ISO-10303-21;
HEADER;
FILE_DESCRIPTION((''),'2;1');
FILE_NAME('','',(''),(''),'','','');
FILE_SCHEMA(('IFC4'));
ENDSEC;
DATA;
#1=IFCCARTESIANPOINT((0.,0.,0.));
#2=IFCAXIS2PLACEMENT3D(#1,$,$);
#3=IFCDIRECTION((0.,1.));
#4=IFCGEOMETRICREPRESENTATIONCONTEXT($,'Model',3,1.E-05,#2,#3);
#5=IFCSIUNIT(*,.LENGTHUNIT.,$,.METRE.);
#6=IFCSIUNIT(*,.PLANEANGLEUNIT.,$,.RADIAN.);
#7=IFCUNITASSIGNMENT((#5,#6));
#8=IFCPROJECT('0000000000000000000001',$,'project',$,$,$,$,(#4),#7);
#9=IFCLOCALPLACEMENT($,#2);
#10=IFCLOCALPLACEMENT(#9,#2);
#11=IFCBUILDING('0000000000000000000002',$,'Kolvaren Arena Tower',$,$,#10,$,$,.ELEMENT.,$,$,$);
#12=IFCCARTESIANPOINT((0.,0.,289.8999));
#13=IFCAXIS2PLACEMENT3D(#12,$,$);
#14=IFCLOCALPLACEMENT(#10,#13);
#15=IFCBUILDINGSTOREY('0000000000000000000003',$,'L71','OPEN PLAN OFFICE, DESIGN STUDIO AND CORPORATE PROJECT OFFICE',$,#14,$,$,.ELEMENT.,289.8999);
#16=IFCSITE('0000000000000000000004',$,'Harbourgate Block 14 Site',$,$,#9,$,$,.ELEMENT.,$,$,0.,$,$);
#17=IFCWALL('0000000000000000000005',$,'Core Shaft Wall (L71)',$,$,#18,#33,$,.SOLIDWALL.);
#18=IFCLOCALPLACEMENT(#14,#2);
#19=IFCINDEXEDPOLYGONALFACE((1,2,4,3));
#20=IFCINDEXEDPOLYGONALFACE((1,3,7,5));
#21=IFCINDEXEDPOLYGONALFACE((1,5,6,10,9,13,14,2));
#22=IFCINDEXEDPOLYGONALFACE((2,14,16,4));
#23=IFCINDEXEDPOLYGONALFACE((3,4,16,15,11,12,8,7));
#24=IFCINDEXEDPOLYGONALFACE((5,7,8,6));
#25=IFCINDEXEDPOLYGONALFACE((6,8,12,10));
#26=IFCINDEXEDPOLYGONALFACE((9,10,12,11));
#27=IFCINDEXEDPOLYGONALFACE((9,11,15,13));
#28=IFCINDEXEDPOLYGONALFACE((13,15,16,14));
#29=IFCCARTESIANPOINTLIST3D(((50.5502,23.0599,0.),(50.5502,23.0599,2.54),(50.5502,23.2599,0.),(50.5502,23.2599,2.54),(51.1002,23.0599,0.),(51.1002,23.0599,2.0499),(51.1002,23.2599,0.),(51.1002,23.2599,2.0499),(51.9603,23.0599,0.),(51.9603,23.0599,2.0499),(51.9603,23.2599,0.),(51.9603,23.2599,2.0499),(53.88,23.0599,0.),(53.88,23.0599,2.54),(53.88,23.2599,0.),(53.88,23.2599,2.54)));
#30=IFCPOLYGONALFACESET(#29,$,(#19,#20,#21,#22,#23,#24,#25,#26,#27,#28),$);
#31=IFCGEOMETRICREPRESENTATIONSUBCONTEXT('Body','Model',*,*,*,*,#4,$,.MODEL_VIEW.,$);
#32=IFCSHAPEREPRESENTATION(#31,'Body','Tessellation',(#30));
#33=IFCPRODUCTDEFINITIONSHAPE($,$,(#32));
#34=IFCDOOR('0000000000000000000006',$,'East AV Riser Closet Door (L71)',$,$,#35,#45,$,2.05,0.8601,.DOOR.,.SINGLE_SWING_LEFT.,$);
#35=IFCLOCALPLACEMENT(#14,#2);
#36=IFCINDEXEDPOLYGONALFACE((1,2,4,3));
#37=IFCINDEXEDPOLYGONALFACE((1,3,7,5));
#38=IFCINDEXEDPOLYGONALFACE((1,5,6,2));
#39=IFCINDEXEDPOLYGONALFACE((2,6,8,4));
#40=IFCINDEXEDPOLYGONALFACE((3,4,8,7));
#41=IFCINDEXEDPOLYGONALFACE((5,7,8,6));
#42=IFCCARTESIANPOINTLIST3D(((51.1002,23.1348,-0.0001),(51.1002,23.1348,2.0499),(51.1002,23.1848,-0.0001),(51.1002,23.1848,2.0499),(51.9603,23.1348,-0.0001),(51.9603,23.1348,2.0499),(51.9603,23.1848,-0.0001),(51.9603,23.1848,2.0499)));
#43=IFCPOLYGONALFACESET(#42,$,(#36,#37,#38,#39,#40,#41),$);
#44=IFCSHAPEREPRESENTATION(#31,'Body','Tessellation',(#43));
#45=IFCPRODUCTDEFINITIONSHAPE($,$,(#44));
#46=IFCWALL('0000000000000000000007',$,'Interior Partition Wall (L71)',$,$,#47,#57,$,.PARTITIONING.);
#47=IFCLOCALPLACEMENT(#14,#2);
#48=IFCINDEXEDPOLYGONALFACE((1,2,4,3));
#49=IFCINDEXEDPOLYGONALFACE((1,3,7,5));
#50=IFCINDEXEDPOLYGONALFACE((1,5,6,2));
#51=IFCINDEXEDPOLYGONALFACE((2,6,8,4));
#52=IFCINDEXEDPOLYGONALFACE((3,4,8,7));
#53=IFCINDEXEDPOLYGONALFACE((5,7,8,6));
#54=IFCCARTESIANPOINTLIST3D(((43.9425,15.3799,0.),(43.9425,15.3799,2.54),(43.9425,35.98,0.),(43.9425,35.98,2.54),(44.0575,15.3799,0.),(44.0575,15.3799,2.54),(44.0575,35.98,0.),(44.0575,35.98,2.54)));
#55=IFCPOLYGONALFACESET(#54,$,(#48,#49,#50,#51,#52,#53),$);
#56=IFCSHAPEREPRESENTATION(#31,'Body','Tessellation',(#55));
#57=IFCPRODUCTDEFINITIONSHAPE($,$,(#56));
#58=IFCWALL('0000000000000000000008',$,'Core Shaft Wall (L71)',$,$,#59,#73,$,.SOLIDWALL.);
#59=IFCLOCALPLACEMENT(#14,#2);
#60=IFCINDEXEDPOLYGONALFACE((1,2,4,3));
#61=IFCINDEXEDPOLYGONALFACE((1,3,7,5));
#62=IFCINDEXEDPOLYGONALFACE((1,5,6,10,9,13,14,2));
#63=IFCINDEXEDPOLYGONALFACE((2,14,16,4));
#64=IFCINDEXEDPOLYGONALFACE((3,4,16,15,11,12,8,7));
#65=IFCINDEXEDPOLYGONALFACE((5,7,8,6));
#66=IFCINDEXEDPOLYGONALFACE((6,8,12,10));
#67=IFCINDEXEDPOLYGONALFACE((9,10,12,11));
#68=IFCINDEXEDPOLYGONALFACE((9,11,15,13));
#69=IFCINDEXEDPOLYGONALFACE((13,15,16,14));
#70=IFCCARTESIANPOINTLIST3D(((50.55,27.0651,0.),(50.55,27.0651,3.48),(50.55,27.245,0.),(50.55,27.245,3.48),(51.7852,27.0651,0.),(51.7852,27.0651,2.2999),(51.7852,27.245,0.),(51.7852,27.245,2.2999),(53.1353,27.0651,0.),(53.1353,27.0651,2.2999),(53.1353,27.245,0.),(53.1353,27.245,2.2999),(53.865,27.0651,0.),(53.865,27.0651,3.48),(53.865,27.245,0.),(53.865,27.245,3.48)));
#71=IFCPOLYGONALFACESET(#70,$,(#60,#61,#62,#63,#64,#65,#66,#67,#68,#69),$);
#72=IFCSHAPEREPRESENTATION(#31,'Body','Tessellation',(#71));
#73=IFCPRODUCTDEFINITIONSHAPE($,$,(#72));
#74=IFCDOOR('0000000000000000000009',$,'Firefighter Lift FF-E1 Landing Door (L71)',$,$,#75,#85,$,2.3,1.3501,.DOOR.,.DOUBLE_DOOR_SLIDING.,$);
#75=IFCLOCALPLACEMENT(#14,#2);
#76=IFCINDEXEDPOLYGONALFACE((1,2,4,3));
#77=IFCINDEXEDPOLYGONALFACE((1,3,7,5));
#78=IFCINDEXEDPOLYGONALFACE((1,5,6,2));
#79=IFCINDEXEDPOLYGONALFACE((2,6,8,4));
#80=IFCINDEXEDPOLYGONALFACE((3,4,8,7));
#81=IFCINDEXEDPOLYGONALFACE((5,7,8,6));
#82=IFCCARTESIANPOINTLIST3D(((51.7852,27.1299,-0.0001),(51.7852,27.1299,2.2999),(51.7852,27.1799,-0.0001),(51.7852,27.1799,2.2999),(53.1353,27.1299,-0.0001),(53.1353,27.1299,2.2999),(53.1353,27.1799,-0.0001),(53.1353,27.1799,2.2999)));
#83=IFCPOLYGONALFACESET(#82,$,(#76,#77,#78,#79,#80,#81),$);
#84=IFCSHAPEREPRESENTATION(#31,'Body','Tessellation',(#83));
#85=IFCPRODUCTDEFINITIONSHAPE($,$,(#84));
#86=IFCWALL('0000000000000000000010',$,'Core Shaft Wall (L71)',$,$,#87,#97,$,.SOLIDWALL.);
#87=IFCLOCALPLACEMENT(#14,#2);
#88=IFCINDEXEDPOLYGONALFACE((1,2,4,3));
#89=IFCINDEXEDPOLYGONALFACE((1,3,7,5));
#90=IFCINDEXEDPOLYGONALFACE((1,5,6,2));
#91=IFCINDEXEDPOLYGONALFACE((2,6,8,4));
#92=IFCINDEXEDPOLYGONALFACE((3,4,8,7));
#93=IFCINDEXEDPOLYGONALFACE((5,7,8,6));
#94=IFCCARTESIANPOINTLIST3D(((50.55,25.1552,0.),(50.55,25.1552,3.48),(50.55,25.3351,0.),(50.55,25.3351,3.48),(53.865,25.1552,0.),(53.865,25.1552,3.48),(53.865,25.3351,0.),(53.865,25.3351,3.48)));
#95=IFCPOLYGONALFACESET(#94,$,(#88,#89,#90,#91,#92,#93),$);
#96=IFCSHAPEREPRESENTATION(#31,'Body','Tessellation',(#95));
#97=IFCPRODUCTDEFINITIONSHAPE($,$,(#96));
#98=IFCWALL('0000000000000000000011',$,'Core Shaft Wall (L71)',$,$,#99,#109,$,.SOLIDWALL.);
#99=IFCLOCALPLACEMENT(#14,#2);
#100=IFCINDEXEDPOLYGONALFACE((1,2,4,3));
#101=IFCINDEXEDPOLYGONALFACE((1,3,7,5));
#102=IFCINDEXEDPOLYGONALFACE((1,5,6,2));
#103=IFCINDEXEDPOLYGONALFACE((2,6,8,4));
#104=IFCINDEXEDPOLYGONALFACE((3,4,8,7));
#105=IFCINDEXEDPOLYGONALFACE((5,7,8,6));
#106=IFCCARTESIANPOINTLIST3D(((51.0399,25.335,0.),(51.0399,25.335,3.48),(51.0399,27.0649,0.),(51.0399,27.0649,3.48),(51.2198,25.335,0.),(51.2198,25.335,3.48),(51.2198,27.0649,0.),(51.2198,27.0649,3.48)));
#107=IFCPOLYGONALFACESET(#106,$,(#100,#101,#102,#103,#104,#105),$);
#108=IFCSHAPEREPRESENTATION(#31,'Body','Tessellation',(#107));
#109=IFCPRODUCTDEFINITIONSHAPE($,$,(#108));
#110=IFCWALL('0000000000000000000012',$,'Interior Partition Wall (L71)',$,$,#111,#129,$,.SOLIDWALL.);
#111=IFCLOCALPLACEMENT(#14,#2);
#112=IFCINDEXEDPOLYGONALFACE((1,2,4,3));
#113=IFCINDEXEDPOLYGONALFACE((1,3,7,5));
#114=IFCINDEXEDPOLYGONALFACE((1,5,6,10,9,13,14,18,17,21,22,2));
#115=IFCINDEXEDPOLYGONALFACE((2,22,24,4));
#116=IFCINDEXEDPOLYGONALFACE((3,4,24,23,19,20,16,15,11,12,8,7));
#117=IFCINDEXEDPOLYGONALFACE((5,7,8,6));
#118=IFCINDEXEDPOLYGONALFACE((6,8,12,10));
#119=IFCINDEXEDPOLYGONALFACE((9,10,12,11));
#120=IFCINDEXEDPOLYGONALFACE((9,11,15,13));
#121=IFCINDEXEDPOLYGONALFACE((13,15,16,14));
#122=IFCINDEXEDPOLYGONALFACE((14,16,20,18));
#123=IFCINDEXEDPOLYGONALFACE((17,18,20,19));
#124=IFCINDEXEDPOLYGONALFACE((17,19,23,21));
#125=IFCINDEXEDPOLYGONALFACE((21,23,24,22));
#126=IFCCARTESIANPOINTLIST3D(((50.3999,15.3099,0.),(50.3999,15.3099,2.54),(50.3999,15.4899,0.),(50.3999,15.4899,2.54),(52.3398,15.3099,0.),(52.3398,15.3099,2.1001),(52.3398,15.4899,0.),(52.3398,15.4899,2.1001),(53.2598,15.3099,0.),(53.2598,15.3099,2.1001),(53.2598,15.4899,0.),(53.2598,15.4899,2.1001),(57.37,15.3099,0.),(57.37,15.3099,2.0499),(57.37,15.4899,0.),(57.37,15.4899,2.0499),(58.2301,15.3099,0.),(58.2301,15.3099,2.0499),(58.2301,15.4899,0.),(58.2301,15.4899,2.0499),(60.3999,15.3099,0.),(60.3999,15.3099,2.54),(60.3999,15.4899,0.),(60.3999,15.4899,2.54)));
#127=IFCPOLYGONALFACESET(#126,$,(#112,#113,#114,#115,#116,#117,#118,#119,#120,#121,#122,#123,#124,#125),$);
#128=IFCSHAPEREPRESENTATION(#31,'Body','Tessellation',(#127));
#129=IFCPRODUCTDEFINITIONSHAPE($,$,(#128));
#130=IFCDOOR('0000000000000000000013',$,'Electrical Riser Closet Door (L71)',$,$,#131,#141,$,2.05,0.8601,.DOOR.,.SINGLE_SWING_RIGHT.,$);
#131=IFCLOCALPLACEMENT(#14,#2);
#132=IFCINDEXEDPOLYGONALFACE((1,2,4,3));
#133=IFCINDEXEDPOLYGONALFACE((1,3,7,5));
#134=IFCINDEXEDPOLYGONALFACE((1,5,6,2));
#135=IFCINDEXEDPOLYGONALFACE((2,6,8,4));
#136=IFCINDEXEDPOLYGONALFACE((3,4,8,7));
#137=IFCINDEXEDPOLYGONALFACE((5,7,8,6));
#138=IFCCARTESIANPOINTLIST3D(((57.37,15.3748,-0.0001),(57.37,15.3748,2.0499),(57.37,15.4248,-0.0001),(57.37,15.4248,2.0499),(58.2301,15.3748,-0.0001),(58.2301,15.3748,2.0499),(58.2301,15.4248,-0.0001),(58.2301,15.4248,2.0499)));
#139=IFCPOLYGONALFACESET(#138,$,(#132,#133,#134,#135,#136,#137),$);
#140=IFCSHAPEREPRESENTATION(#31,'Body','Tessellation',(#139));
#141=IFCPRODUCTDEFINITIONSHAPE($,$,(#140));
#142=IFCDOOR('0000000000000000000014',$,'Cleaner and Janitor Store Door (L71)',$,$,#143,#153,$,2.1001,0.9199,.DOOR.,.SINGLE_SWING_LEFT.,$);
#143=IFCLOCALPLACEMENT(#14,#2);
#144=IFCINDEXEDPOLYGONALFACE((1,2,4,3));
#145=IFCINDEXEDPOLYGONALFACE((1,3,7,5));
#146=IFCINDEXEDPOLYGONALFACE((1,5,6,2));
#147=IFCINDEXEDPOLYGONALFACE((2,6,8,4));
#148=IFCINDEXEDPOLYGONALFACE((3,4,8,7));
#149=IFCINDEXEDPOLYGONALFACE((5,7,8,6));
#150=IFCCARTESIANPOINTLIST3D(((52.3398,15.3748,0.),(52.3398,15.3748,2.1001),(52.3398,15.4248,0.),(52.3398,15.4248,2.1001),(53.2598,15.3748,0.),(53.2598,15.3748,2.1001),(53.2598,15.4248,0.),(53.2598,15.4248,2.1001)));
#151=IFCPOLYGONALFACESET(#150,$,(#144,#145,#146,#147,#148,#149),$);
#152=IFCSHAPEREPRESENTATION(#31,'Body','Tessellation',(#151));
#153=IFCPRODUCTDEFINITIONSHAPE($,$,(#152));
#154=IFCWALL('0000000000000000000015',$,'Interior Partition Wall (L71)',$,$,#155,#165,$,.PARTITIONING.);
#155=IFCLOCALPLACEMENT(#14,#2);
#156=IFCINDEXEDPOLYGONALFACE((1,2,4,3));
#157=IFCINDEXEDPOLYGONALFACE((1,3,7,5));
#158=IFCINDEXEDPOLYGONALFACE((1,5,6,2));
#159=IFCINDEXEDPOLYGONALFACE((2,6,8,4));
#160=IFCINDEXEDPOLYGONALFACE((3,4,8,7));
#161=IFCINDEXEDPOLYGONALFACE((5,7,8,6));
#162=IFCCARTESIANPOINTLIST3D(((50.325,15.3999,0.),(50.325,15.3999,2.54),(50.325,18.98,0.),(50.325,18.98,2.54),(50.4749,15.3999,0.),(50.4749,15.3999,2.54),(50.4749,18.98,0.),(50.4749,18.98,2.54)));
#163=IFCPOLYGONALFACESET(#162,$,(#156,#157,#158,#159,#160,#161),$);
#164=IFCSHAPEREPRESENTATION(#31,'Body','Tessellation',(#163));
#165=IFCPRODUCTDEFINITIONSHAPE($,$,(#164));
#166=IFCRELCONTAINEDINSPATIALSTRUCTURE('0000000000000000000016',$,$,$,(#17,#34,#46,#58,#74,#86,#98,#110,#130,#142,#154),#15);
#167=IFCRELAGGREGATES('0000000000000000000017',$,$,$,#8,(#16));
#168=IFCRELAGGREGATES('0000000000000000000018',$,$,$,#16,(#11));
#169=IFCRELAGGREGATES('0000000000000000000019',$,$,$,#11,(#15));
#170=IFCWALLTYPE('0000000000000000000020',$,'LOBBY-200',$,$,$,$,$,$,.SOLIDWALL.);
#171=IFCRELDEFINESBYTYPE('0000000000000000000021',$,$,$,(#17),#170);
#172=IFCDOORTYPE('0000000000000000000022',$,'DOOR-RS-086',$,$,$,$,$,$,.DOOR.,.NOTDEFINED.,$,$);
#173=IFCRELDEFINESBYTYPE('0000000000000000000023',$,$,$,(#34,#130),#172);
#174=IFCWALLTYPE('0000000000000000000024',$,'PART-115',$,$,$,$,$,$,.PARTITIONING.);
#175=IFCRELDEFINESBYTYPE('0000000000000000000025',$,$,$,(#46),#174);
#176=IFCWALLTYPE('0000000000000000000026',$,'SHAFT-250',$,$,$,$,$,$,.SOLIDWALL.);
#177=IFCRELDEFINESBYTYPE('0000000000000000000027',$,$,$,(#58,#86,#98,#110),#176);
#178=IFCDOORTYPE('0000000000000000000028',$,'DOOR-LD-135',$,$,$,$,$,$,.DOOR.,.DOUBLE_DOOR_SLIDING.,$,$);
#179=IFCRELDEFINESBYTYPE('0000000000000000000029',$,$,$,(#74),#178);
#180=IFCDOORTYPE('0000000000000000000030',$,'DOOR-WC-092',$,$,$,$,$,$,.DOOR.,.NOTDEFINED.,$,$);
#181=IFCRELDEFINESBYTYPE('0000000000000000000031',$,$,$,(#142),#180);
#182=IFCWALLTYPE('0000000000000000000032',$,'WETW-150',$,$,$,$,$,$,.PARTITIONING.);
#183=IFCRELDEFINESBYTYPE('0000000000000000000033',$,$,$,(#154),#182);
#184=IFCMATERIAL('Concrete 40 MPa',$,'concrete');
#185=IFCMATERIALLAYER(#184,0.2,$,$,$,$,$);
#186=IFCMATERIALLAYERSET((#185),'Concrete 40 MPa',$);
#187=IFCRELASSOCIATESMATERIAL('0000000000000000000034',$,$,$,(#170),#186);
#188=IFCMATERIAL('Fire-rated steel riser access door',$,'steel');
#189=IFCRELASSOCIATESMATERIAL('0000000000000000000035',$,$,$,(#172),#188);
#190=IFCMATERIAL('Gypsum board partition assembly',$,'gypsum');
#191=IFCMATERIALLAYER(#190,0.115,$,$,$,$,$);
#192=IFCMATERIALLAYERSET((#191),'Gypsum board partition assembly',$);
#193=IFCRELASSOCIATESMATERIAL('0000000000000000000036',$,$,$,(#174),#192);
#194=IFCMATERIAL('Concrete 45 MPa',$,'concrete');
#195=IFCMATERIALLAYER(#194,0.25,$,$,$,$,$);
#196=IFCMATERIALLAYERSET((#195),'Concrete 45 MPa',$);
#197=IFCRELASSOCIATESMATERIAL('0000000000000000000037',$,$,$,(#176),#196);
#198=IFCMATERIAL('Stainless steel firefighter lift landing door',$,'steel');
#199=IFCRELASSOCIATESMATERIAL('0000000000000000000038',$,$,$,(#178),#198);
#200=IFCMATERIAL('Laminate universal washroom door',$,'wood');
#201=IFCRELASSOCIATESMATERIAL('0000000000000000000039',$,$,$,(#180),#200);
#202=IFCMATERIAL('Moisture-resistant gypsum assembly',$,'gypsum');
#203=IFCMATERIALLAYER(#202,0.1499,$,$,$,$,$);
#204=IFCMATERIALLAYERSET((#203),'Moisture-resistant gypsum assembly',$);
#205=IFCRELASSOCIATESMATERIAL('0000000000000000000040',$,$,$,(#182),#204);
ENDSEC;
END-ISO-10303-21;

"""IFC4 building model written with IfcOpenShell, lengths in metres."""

from ifc_helpers import new_model, si_unit, direction, frame, frame_2d, origin, place, context, subcontext, project, spatial, rectangle, extrude, material, layer, layer_set, type_object, element, fill, save


model = new_model("IFC4")

# Units and contexts
model_context = context("Model", 3, precision=1e-05, world=origin(), true_north=direction((0.0, 1.0)))
body_context = subcontext(model_context, "Body", "Model", "MODEL_VIEW")
ifc_project = project(units=[si_unit("LENGTHUNIT", "METRE"), si_unit("PLANEANGLEUNIT", "RADIAN")], contexts=[model_context])

# Site, building, storey
site_placement = place(None, origin())
site = spatial("IfcSite", under=ifc_project, at=site_placement, Name="Harbourgate Block 14 Site", CompositionType="ELEMENT", RefElevation=0.0)
building_placement = place(site_placement, origin())
building = spatial("IfcBuilding", under=site, at=building_placement, Name="Kolvaren Arena Tower", CompositionType="ELEMENT")
storey_placement = place(building_placement, frame((0.0, 0.0, 289.8999)))
storey = spatial("IfcBuildingStorey", under=building, at=storey_placement, Name="L71", Description="OPEN PLAN OFFICE, DESIGN STUDIO AND CORPORATE PROJECT OFFICE", CompositionType="ELEMENT", Elevation=289.8999)

# Shared definitions
ifc_material_1 = material(Name="Concrete 40 MPa", Category="concrete")
ifc_layer_1 = layer(ifc_material_1, 0.2)
ifc_layer_set_1 = layer_set([ifc_layer_1], Name="Concrete 40 MPa")
wall_type_1 = type_object("IfcWallType", Name="LOBBY-200", PredefinedType="SOLIDWALL", material=ifc_layer_set_1)

# Wall, opening, door
wall_1_placement = place(storey_placement, frame((50.55, 23.1599, 0.0), z_axis=(0.0, 0.0, 1.0), x_axis=(1.0, 0.0, 0.0)))
wall_1 = element("IfcWall", 1, at=wall_1_placement, inside=storey, type_object=wall_type_1, Name="Core Shaft Wall (L71)", PredefinedType="SOLIDWALL", context=body_context, shape_type="SweptSolid", body=[
    extrude(rectangle(XDim=3.3298, YDim=0.2, at=frame_2d((1.665, 0.0))), origin(), (0.0, 0.0, 1.0), 2.54),
])
opening_1_placement = place(wall_1_placement, frame((0.55, 0.0, 0.0)))
opening_1 = element("IfcOpeningElement", 2, at=opening_1_placement, cuts=wall_1, PredefinedType="OPENING", context=body_context, shape_type="SweptSolid", body=[
    extrude(rectangle(XDim=0.8601, YDim=2.05, at=frame_2d((0.4302, 1.0249))), frame((0.0, 0.1099, 0.0), z_axis=(0.0, -1.0, 0.0), x_axis=(1.0, 0.0, 0.0)), (0.0, 0.0, 1.0), 0.22),
])
ifc_material_2 = material(Name="Fire-rated steel riser access door", Category="steel")
door_type_1 = type_object("IfcDoorType", Name="DOOR-RS-086", OperationType="NOTDEFINED", PredefinedType="DOOR", material=ifc_material_2)
door_1_placement = place(opening_1_placement, origin())
door_1 = element("IfcDoor", 3, at=door_1_placement, inside=storey, type_object=door_type_1, Name="East AV Riser Closet Door (L71)", OperationType="SINGLE_SWING_LEFT", OverallHeight=2.05, OverallWidth=0.8601, PredefinedType="DOOR", context=body_context, shape_type="SweptSolid", body=[
    extrude(rectangle(XDim=0.8601, YDim=2.05, at=frame_2d((0.4302, 1.0249))), frame((0.0, 0.0249, 0.0), z_axis=(0.0, -1.0, 0.0), x_axis=(1.0, 0.0, 0.0)), (0.0, 0.0, 1.0), 0.05),
])
fill(opening_1, door_1)

# Wall
ifc_material_3 = material(Name="Gypsum board partition assembly", Category="gypsum")
ifc_layer_2 = layer(ifc_material_3, 0.115)
ifc_layer_set_2 = layer_set([ifc_layer_2], Name="Gypsum board partition assembly")
wall_type_2 = type_object("IfcWallType", Name="PART-115", PredefinedType="PARTITIONING", material=ifc_layer_set_2)
wall_2_placement = place(storey_placement, frame((44.0, 15.3799, 0.0), z_axis=(0.0, 0.0, 1.0), x_axis=(0.0, 1.0, 0.0)))
element("IfcWall", 4, at=wall_2_placement, inside=storey, type_object=wall_type_2, Name="Interior Partition Wall (L71)", PredefinedType="PARTITIONING", context=body_context, shape_type="SweptSolid", body=[
    extrude(rectangle(XDim=20.6001, YDim=0.115, at=frame_2d((10.3, 0.0))), origin(), (0.0, 0.0, 1.0), 2.54),
])

# Wall, opening, door
ifc_material_4 = material(Name="Concrete 45 MPa", Category="concrete")
ifc_layer_3 = layer(ifc_material_4, 0.25)
ifc_layer_set_3 = layer_set([ifc_layer_3], Name="Concrete 45 MPa")
wall_type_3 = type_object("IfcWallType", Name="SHAFT-250", PredefinedType="SOLIDWALL", material=ifc_layer_set_3)
wall_3_placement = place(storey_placement, frame((50.55, 27.155, 0.0), z_axis=(0.0, 0.0, 1.0), x_axis=(1.0, 0.0, 0.0)))
wall_3 = element("IfcWall", 5, at=wall_3_placement, inside=storey, type_object=wall_type_3, Name="Core Shaft Wall (L71)", PredefinedType="SOLIDWALL", context=body_context, shape_type="SweptSolid", body=[
    extrude(rectangle(XDim=3.3149, YDim=0.1799, at=frame_2d((1.6575, 0.0))), origin(), (0.0, 0.0, 1.0), 3.48),
])
opening_2_placement = place(wall_3_placement, frame((1.2351, 0.0, 0.0)))
opening_2 = element("IfcOpeningElement", 6, at=opening_2_placement, cuts=wall_3, PredefinedType="OPENING", context=body_context, shape_type="SweptSolid", body=[
    extrude(rectangle(XDim=1.3501, YDim=2.3, at=frame_2d((0.675, 1.1499))), frame((0.0, 0.0999, 0.0), z_axis=(0.0, -1.0, 0.0), x_axis=(1.0, 0.0, 0.0)), (0.0, 0.0, 1.0), 0.2),
])
ifc_material_5 = material(Name="Stainless steel firefighter lift landing door", Category="steel")
door_type_2 = type_object("IfcDoorType", Name="DOOR-LD-135", OperationType="DOUBLE_DOOR_SLIDING", PredefinedType="DOOR", material=ifc_material_5)
door_2_placement = place(opening_2_placement, origin())
door_2 = element("IfcDoor", 7, at=door_2_placement, inside=storey, type_object=door_type_2, Name="Firefighter Lift FF-E1 Landing Door (L71)", OperationType="DOUBLE_DOOR_SLIDING", OverallHeight=2.3, OverallWidth=1.3501, PredefinedType="DOOR", context=body_context, shape_type="SweptSolid", body=[
    extrude(rectangle(XDim=1.3501, YDim=2.3, at=frame_2d((0.675, 1.1499))), frame((0.0, 0.0249, 0.0), z_axis=(0.0, -1.0, 0.0), x_axis=(1.0, 0.0, 0.0)), (0.0, 0.0, 1.0), 0.05),
])
fill(opening_2, door_2)

# Walls
wall_4_placement = place(storey_placement, frame((50.55, 25.2451, 0.0), z_axis=(0.0, 0.0, 1.0), x_axis=(1.0, 0.0, 0.0)))
element("IfcWall", 8, at=wall_4_placement, inside=storey, type_object=wall_type_3, Name="Core Shaft Wall (L71)", PredefinedType="SOLIDWALL", context=body_context, shape_type="SweptSolid", body=[
    extrude(rectangle(XDim=3.3149, YDim=0.1799, at=frame_2d((1.6575, 0.0))), origin(), (0.0, 0.0, 1.0), 3.48),
])
wall_5_placement = place(storey_placement, frame((51.1299, 25.335, 0.0), z_axis=(0.0, 0.0, 1.0), x_axis=(0.0, 1.0, 0.0)))
element("IfcWall", 9, at=wall_5_placement, inside=storey, type_object=wall_type_3, Name="Core Shaft Wall (L71)", PredefinedType="SOLIDWALL", context=body_context, shape_type="SweptSolid", body=[
    extrude(rectangle(XDim=1.73, YDim=0.1799, at=frame_2d((0.865, 0.0))), origin(), (0.0, 0.0, 1.0), 3.48),
])

# Wall, openings, doors
wall_6_placement = place(storey_placement, frame((50.3999, 15.3999, 0.0), z_axis=(0.0, 0.0, 1.0), x_axis=(1.0, 0.0, 0.0)))
wall_6 = element("IfcWall", 10, at=wall_6_placement, inside=storey, type_object=wall_type_3, Name="Interior Partition Wall (L71)", PredefinedType="SOLIDWALL", context=body_context, shape_type="SweptSolid", body=[
    extrude(rectangle(XDim=10.0, YDim=0.1799, at=frame_2d((5.0, 0.0))), origin(), (0.0, 0.0, 1.0), 2.54),
])
opening_3_placement = place(wall_6_placement, frame((1.9399, 0.0, 0.0)))
opening_3 = element("IfcOpeningElement", 11, at=opening_3_placement, cuts=wall_6, PredefinedType="OPENING", context=body_context, shape_type="SweptSolid", body=[
    extrude(rectangle(XDim=0.9199, YDim=2.1001, at=frame_2d((0.46, 1.05))), frame((0.0, 0.0999, 0.0), z_axis=(0.0, -1.0, 0.0), x_axis=(1.0, 0.0, 0.0)), (0.0, 0.0, 1.0), 0.2),
])
opening_4_placement = place(wall_6_placement, frame((6.97, 0.0, 0.0)))
opening_4 = element("IfcOpeningElement", 12, at=opening_4_placement, cuts=wall_6, PredefinedType="OPENING", context=body_context, shape_type="SweptSolid", body=[
    extrude(rectangle(XDim=0.8601, YDim=2.05, at=frame_2d((0.4302, 1.0249))), frame((0.0, 0.0999, 0.0), z_axis=(0.0, -1.0, 0.0), x_axis=(1.0, 0.0, 0.0)), (0.0, 0.0, 1.0), 0.2),
])
door_3_placement = place(opening_4_placement, origin())
door_3 = element("IfcDoor", 13, at=door_3_placement, inside=storey, type_object=door_type_1, Name="Electrical Riser Closet Door (L71)", OperationType="SINGLE_SWING_RIGHT", OverallHeight=2.05, OverallWidth=0.8601, PredefinedType="DOOR", context=body_context, shape_type="SweptSolid", body=[
    extrude(rectangle(XDim=0.8601, YDim=2.05, at=frame_2d((0.4302, 1.0249))), frame((0.0, 0.0249, 0.0), z_axis=(0.0, -1.0, 0.0), x_axis=(1.0, 0.0, 0.0)), (0.0, 0.0, 1.0), 0.05),
])
fill(opening_4, door_3)
ifc_material_6 = material(Name="Laminate universal washroom door", Category="wood")
door_type_3 = type_object("IfcDoorType", Name="DOOR-WC-092", OperationType="NOTDEFINED", PredefinedType="DOOR", material=ifc_material_6)
door_4_placement = place(opening_3_placement, origin())
door_4 = element("IfcDoor", 14, at=door_4_placement, inside=storey, type_object=door_type_3, Name="Cleaner and Janitor Store Door (L71)", OperationType="SINGLE_SWING_LEFT", OverallHeight=2.1001, OverallWidth=0.9199, PredefinedType="DOOR", context=body_context, shape_type="SweptSolid", body=[
    extrude(rectangle(XDim=0.9199, YDim=2.1001, at=frame_2d((0.46, 1.05))), frame((0.0, 0.0249, 0.0), z_axis=(0.0, -1.0, 0.0), x_axis=(1.0, 0.0, 0.0)), (0.0, 0.0, 1.0), 0.05),
])
fill(opening_3, door_4)

# Wall
ifc_material_7 = material(Name="Moisture-resistant gypsum assembly", Category="gypsum")
ifc_layer_4 = layer(ifc_material_7, 0.1499)
ifc_layer_set_4 = layer_set([ifc_layer_4], Name="Moisture-resistant gypsum assembly")
wall_type_4 = type_object("IfcWallType", Name="WETW-150", PredefinedType="PARTITIONING", material=ifc_layer_set_4)
wall_7_placement = place(storey_placement, frame((50.3999, 15.3999, 0.0), z_axis=(0.0, 0.0, 1.0), x_axis=(0.0, 1.0, 0.0)))
element("IfcWall", 15, at=wall_7_placement, inside=storey, type_object=wall_type_4, Name="Interior Partition Wall (L71)", PredefinedType="PARTITIONING", context=body_context, shape_type="SweptSolid", body=[
    extrude(rectangle(XDim=3.5801, YDim=0.1499, at=frame_2d((1.79, 0.0))), origin(), (0.0, 0.0, 1.0), 2.54),
])

save(model, "model.ifc")
